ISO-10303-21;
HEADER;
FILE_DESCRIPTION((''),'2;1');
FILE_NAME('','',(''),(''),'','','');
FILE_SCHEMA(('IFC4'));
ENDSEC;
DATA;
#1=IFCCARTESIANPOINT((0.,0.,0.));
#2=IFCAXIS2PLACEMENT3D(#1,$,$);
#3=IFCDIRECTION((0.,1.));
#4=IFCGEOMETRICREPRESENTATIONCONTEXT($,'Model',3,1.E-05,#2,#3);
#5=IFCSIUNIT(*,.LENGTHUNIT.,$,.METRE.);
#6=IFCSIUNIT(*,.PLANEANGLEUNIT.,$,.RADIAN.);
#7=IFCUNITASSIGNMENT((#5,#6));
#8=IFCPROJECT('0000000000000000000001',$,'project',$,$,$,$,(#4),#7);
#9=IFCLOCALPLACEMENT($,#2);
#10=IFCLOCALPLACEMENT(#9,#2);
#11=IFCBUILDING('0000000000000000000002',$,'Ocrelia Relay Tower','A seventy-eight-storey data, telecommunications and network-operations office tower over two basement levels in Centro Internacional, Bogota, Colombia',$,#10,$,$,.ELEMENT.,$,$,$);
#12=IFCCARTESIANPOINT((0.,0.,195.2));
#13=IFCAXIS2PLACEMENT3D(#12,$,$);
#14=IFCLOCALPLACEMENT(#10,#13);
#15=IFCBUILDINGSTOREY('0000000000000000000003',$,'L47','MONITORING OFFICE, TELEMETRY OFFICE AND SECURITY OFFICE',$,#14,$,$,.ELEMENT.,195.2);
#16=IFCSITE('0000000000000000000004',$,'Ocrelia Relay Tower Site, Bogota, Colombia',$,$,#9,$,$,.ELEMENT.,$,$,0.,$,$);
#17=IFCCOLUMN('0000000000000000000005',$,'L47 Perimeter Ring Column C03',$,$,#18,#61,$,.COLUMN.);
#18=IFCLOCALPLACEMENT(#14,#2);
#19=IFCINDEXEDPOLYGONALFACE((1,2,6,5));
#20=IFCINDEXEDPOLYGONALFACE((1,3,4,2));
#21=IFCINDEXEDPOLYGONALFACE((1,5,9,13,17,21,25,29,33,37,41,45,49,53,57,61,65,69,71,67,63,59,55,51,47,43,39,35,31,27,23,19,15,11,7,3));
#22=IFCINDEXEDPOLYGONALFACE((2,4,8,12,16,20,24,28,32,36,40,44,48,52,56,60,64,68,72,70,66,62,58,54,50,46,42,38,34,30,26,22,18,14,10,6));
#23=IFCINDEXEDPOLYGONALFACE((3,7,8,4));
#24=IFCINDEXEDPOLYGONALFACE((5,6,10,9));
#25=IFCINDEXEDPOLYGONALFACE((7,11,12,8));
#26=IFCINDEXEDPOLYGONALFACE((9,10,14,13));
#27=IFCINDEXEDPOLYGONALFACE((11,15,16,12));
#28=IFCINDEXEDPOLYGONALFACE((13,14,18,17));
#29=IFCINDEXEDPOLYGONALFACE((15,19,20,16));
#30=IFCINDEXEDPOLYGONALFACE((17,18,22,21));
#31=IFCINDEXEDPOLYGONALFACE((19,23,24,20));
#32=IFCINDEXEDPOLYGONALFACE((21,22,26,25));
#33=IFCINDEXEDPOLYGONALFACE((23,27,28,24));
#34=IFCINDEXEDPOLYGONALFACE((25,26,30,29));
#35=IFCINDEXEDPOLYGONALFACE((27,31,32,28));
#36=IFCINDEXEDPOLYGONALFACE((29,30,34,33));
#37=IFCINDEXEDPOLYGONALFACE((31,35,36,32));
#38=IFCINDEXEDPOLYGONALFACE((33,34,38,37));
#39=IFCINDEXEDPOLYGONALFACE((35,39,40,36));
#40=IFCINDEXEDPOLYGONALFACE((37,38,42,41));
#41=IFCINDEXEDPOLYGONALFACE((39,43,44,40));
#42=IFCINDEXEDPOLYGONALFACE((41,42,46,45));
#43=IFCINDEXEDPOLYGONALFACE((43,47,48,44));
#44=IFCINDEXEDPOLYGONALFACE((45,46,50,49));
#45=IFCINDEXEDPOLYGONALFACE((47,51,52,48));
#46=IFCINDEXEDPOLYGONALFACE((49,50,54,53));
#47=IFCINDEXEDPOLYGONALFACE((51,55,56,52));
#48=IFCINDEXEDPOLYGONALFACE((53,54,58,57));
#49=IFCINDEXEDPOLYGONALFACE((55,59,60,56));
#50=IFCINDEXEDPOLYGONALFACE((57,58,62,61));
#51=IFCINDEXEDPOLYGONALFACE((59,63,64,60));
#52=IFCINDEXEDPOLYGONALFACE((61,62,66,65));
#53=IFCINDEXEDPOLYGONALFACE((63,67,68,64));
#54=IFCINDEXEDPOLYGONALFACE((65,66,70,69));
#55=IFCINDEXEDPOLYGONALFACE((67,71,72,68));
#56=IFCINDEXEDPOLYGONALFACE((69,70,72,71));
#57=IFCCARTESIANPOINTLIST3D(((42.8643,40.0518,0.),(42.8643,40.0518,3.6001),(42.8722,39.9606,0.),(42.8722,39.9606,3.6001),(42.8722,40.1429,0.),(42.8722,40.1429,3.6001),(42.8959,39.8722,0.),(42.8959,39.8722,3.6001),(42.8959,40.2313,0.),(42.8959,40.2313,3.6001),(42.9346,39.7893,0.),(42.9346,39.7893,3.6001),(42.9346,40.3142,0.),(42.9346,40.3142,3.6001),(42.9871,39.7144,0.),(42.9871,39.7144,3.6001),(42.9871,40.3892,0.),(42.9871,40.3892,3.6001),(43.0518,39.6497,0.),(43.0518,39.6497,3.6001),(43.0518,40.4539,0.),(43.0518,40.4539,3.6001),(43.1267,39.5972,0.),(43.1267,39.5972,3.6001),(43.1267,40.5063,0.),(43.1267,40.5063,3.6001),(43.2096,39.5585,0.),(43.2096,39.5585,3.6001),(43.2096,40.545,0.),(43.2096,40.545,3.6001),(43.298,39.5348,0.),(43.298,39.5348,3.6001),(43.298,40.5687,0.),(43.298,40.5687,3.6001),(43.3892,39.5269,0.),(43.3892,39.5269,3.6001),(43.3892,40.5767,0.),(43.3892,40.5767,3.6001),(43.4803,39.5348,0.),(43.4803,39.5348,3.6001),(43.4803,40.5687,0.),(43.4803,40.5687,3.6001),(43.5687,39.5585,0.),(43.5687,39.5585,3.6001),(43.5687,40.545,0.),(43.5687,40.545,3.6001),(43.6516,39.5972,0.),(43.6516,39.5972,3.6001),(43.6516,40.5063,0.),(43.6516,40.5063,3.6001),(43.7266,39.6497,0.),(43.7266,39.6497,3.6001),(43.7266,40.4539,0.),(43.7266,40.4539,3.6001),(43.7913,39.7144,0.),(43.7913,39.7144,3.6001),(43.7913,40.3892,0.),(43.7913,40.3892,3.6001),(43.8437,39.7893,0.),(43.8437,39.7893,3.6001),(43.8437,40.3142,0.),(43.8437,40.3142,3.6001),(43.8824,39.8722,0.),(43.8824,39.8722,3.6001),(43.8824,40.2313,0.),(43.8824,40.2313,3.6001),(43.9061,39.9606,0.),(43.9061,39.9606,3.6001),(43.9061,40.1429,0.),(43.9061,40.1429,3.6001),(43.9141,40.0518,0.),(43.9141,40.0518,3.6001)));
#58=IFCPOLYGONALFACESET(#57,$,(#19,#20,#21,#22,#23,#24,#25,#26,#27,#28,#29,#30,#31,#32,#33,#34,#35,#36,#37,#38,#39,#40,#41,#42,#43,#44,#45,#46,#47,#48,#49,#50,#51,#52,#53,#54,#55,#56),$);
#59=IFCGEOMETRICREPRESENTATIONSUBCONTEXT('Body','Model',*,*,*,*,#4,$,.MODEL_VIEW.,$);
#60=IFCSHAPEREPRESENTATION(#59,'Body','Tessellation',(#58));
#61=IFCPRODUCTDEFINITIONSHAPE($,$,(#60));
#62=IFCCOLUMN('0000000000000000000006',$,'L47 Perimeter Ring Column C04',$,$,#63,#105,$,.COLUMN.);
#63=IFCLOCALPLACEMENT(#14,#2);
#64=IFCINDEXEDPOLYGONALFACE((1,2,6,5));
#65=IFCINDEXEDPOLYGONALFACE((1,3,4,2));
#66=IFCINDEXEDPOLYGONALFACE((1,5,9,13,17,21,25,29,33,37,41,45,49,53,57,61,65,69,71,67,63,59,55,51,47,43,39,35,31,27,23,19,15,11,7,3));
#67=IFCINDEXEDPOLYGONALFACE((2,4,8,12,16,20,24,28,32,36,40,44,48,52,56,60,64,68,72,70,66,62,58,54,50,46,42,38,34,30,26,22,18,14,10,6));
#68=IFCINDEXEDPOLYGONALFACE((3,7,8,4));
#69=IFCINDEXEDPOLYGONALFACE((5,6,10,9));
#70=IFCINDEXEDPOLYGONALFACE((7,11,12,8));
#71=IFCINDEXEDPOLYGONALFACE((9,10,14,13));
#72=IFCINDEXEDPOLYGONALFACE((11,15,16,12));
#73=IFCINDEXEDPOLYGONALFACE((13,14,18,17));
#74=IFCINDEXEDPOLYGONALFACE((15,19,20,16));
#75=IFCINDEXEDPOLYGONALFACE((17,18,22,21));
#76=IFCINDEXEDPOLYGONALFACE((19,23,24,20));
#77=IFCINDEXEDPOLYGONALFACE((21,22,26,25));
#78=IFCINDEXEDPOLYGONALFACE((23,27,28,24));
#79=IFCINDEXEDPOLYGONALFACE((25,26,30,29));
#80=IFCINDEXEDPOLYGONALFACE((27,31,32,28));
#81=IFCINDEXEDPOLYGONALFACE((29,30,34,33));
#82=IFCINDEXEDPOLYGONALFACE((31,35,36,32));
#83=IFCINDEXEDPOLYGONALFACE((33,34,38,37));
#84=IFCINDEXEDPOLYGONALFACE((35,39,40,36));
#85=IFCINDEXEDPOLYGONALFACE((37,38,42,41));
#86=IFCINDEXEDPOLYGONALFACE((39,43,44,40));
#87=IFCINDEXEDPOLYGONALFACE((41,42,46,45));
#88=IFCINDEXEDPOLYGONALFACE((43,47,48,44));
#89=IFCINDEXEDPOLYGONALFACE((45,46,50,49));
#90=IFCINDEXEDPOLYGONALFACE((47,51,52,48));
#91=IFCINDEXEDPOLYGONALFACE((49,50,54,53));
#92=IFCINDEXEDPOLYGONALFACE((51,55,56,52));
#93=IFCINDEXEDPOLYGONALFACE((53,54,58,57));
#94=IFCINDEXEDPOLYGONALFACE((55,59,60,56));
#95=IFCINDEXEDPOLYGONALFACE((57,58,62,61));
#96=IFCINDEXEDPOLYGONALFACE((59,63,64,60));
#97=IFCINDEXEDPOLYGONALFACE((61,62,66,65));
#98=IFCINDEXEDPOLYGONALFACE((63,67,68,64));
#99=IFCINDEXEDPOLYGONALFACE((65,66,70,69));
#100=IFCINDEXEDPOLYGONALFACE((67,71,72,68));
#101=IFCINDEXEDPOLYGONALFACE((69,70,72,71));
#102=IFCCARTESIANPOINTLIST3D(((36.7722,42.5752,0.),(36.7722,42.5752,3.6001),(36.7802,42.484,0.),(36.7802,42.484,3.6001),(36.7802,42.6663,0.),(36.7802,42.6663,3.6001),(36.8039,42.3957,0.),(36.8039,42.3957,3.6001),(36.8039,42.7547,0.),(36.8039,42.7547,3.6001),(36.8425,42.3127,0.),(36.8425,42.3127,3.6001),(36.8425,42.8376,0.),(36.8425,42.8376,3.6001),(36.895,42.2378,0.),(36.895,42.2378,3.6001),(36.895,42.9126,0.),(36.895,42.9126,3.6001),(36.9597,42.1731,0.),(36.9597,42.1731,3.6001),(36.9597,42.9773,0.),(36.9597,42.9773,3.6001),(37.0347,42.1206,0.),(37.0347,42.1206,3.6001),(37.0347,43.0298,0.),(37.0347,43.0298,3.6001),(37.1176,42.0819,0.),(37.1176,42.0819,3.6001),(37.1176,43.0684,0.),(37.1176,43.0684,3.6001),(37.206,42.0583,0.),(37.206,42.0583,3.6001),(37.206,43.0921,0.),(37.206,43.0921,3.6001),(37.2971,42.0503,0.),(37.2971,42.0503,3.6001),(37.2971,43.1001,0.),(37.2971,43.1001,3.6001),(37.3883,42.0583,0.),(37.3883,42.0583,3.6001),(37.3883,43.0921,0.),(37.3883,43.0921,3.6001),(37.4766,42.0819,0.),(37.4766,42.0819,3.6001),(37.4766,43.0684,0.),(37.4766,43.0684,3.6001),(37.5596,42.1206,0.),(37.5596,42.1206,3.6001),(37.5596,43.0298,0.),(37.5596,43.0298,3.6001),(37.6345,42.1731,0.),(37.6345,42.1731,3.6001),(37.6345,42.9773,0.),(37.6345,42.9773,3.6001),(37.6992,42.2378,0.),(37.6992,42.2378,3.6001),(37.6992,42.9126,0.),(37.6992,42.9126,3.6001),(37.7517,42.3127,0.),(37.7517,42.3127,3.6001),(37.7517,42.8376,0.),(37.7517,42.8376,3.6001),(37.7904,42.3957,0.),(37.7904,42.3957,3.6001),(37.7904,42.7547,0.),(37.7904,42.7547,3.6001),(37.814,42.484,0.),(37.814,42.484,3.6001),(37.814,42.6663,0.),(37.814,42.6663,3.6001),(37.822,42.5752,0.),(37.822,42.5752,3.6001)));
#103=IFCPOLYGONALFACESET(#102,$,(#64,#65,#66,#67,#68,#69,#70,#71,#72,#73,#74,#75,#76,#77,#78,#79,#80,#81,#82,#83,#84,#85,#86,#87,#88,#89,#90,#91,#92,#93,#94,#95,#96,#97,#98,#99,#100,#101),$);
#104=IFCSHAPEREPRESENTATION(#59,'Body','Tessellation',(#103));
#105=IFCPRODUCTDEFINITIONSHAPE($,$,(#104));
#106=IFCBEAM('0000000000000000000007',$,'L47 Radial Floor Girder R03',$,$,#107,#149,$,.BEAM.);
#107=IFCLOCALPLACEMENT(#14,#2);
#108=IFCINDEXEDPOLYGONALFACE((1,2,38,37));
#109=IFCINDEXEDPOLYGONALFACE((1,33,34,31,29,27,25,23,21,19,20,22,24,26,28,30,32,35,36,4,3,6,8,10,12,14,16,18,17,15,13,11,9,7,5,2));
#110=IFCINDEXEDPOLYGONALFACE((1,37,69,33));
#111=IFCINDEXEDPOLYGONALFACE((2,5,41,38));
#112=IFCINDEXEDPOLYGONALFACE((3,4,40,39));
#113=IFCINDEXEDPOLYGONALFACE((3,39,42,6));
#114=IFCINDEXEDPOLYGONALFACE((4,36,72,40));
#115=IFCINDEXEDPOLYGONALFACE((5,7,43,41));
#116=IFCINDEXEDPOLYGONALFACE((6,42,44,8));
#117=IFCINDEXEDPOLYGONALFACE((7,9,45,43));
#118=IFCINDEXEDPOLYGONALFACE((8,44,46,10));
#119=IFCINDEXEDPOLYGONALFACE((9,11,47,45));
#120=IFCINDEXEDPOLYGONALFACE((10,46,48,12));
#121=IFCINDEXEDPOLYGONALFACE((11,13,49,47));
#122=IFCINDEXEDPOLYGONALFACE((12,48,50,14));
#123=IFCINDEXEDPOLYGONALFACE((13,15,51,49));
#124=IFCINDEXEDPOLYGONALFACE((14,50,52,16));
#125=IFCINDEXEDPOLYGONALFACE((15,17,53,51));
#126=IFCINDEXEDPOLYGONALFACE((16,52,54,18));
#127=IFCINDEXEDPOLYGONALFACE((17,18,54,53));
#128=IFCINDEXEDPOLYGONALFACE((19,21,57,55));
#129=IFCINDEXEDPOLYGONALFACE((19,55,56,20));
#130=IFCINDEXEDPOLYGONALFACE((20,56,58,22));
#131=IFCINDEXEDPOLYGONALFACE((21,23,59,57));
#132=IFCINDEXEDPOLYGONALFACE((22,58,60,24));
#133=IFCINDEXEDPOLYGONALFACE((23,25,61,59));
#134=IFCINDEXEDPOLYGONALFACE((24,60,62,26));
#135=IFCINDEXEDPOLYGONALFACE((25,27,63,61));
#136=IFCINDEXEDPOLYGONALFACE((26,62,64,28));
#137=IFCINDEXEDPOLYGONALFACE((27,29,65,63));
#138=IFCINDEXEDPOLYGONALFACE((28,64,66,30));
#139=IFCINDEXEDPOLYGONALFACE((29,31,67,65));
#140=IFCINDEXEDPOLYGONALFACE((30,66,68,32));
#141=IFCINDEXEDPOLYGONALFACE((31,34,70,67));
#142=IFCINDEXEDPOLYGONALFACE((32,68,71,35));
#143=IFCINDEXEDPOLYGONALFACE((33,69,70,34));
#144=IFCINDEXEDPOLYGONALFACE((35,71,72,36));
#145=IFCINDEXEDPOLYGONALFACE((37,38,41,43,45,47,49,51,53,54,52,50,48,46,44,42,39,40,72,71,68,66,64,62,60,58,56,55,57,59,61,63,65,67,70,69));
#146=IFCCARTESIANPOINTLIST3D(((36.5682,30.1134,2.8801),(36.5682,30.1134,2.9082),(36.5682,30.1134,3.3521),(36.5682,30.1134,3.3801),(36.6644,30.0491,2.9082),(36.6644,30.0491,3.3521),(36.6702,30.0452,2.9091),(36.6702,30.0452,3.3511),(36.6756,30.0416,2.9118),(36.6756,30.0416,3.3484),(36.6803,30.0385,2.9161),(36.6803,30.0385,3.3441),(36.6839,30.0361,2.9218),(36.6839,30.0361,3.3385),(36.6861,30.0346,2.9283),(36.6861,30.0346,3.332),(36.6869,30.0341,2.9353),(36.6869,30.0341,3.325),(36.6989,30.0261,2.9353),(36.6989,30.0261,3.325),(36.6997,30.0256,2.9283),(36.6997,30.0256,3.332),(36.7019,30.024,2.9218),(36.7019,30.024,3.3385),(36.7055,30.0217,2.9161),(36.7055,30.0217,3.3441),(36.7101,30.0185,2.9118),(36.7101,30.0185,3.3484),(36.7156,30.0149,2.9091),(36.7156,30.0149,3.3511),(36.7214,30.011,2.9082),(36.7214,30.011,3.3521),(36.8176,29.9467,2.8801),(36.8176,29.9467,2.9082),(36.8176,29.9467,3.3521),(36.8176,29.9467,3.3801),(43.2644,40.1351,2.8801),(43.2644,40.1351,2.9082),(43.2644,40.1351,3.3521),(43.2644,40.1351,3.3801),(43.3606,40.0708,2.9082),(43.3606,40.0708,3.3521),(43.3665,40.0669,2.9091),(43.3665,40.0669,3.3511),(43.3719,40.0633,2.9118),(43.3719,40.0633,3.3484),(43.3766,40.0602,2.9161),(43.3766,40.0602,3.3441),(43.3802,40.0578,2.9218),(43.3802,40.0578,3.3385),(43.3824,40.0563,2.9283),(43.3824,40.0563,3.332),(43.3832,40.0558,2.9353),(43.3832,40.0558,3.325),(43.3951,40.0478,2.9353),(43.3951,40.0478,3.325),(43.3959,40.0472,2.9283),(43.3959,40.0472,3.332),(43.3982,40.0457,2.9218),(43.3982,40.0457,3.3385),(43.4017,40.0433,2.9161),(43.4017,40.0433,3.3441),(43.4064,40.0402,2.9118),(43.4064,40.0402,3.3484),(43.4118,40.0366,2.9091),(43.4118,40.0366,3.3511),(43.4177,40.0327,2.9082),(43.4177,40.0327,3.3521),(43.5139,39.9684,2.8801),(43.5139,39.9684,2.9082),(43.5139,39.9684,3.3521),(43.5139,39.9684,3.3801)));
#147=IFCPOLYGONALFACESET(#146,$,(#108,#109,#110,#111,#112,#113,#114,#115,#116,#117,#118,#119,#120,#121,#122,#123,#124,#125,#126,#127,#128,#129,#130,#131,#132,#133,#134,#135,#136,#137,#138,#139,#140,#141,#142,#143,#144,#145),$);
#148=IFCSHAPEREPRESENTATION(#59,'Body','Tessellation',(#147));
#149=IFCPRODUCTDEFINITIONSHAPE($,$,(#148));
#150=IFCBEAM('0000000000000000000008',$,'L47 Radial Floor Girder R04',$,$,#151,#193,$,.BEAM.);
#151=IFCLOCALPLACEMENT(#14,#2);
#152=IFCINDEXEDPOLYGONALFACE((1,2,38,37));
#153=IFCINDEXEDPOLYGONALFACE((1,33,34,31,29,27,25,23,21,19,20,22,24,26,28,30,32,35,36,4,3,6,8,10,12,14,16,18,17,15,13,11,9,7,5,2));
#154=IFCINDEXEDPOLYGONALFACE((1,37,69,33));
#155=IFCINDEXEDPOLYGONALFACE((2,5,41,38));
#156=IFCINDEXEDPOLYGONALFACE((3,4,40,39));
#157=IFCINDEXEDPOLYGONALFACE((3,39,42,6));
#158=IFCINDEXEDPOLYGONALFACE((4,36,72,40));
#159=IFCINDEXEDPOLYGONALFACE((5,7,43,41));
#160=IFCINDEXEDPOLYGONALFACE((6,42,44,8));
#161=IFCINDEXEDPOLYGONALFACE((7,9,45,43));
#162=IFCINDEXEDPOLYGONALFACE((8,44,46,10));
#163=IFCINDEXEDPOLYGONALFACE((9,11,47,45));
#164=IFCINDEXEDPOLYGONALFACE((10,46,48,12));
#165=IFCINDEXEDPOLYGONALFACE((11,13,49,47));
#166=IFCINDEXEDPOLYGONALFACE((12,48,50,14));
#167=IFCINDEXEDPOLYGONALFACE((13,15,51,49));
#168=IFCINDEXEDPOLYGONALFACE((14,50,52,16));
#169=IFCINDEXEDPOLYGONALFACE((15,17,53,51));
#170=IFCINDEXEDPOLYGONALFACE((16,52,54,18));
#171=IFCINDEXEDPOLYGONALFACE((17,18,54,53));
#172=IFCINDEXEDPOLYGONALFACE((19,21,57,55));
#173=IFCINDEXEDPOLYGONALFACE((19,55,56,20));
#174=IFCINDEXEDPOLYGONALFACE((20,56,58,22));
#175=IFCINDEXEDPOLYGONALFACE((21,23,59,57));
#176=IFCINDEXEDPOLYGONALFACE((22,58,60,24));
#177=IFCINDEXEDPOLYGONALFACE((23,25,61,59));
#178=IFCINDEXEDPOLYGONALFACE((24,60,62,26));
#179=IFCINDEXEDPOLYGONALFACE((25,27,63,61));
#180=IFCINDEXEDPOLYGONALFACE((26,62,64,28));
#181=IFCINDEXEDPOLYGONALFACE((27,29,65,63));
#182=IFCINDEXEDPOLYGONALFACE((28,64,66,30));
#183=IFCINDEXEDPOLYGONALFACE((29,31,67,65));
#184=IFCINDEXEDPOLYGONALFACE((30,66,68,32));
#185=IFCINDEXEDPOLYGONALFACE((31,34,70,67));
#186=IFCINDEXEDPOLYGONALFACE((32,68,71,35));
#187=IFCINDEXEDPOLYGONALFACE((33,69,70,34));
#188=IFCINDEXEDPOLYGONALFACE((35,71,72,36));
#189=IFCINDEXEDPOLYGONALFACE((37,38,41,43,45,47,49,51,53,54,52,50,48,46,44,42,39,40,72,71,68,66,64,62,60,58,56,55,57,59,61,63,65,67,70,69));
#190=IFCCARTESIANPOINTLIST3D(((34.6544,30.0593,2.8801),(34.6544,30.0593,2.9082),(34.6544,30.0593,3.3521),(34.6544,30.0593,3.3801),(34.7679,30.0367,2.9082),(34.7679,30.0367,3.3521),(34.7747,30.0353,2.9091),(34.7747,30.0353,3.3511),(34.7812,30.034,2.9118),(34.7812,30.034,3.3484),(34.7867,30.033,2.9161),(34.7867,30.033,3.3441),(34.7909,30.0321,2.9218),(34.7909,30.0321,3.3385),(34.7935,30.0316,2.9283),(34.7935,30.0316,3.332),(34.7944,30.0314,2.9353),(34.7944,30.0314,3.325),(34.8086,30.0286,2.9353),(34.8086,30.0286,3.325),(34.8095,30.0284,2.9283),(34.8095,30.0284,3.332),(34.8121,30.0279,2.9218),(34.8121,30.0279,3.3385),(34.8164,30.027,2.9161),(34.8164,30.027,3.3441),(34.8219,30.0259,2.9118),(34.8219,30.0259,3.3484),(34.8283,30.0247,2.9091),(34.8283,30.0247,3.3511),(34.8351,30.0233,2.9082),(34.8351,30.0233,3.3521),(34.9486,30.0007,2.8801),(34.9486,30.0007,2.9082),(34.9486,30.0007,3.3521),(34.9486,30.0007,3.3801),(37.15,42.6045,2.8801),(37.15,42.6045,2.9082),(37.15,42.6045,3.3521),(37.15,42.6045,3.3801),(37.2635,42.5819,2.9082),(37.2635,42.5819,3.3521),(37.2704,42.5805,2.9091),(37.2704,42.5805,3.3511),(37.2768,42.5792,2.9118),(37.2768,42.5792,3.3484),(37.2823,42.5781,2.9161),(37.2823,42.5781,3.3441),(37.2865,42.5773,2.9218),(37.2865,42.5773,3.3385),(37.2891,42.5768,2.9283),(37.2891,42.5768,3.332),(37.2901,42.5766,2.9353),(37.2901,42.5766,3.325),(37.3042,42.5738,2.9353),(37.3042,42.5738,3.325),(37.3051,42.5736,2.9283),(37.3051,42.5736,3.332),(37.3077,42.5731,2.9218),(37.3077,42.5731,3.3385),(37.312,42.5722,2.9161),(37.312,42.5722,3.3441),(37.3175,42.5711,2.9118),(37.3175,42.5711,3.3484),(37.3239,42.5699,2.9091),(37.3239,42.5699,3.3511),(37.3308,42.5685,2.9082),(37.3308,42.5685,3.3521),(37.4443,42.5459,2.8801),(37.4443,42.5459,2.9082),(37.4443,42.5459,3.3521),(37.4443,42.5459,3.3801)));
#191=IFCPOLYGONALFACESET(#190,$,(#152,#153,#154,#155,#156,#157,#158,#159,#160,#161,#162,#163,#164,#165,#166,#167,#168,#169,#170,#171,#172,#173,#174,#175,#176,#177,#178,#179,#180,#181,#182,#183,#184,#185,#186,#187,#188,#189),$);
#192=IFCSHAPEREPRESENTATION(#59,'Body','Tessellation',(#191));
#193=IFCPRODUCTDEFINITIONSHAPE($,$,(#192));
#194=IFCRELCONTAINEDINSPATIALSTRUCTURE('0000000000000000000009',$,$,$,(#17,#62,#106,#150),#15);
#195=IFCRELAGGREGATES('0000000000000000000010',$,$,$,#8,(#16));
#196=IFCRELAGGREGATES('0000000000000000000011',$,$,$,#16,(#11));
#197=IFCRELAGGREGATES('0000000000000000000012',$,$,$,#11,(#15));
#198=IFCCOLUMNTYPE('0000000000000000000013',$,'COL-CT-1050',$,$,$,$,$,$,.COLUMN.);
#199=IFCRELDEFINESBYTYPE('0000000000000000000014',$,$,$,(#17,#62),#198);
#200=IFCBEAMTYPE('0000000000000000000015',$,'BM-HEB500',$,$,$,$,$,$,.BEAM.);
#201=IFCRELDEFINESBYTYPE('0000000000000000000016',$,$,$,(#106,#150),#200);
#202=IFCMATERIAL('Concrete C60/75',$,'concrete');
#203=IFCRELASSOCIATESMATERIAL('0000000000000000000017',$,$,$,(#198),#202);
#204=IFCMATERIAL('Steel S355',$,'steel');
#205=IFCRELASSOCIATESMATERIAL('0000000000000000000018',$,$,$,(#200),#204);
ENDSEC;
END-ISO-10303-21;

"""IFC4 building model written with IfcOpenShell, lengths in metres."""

from ifc_helpers import new_model, si_unit, direction, frame, origin, origin_2d, place, context, subcontext, project, spatial, circle, i_section, extrude, material, material_profile, profile_set, type_object, element, save


model = new_model("IFC4")

# Units and contexts
model_context = context("Model", 3, precision=1e-05, world=origin(), true_north=direction((0.0, 1.0)))
body_context = subcontext(model_context, "Body", "Model", "MODEL_VIEW")
ifc_project = project(units=[si_unit("LENGTHUNIT", "METRE"), si_unit("PLANEANGLEUNIT", "RADIAN")], contexts=[model_context])

# Site, building, storey
site_placement = place(None, origin())
site = spatial("IfcSite", under=ifc_project, at=site_placement, Name="Ocrelia Relay Tower Site, Bogota, Colombia", CompositionType="ELEMENT", RefElevation=0.0)
building_placement = place(site_placement, origin())
building = spatial("IfcBuilding", under=site, at=building_placement, Name="Ocrelia Relay Tower", Description="A seventy-eight-storey data, telecommunications and network-operations office tower over two basement levels in Centro Internacional, Bogota, Colombia", CompositionType="ELEMENT")
storey_placement = place(building_placement, frame((0.0, 0.0, 195.2)))
storey = spatial("IfcBuildingStorey", under=building, at=storey_placement, Name="L47", Description="MONITORING OFFICE, TELEMETRY OFFICE AND SECURITY OFFICE", CompositionType="ELEMENT", Elevation=195.2)

# Columns
ifc_material_1 = material(Name="Concrete C60/75", Category="concrete")
ifc_material_profile_1 = material_profile(ifc_material_1, circle(Radius=0.5249, at=origin_2d()), Name="RC-CIR-1050")
ifc_profile_set_1 = profile_set([ifc_material_profile_1], Name="Concrete C60/75")
column_type = type_object("IfcColumnType", Name="COL-CT-1050", PredefinedType="COLUMN", material=ifc_profile_set_1)
for number, where, z_axis, x_axis, name in (
    (1, (43.3892, 40.0518, 0.0), (0.0, 0.0, 1.0), (1.0, 0.0, 0.0), "L47 Perimeter Ring Column C03"),
    (2, (37.2971, 42.5752, 0.0), (0.0, 0.0, 1.0), (1.0, 0.0, 0.0), "L47 Perimeter Ring Column C04"),
):
    element("IfcColumn", number, at=place(storey_placement, frame(where, z_axis=z_axis, x_axis=x_axis)), inside=storey, type_object=column_type, Name=name, PredefinedType="COLUMN", context=body_context, shape_type="SweptSolid", body=[
        extrude(circle(Radius=0.5249, at=origin_2d()), origin(), (0.0, 0.0, 1.0), 3.6001),
    ])

# Beams
ifc_material_2 = material(Name="Steel S355", Category="steel")
ifc_material_profile_2 = material_profile(ifc_material_2, i_section(OverallWidth=0.3, OverallDepth=0.5, WebThickness=0.0144, FlangeThickness=0.0281, FilletRadius=0.0271, at=origin_2d()), Name="HEB 500")
ifc_profile_set_2 = profile_set([ifc_material_profile_2], Name="Steel S355")
beam_type_1 = type_object("IfcBeamType", Name="BM-HEB500", PredefinedType="BEAM", material=ifc_profile_set_2)
beam_1_placement = place(storey_placement, frame((43.3892, 40.0518, 3.1301), z_axis=(-0.555569, -0.83147, 0.0), x_axis=(0.83147, -0.555569, 0.0)))
element("IfcBeam", 3, at=beam_1_placement, inside=storey, type_object=beam_type_1, Name="L47 Radial Floor Girder R03", PredefinedType="BEAM", context=body_context, shape_type="SweptSolid", body=[
    extrude(i_section(OverallWidth=0.3, OverallDepth=0.5, WebThickness=0.0144, FlangeThickness=0.0281, FilletRadius=0.0271, at=origin_2d()), origin(), (0.0, 0.0, 1.0), 12.053),
])
beam_2_placement = place(storey_placement, frame((37.2971, 42.5752, 3.1301), z_axis=(-0.195107, -0.980782, 0.0), x_axis=(0.980782, -0.195107, 0.0)))
element("IfcBeam", 4, at=beam_2_placement, inside=storey, type_object=beam_type_1, Name="L47 Radial Floor Girder R04", PredefinedType="BEAM", context=body_context, shape_type="SweptSolid", body=[
    extrude(i_section(OverallWidth=0.3, OverallDepth=0.5, WebThickness=0.0144, FlangeThickness=0.0281, FilletRadius=0.0271, at=origin_2d()), origin(), (0.0, 0.0, 1.0), 12.791),
])

save(model, "model.ifc")
